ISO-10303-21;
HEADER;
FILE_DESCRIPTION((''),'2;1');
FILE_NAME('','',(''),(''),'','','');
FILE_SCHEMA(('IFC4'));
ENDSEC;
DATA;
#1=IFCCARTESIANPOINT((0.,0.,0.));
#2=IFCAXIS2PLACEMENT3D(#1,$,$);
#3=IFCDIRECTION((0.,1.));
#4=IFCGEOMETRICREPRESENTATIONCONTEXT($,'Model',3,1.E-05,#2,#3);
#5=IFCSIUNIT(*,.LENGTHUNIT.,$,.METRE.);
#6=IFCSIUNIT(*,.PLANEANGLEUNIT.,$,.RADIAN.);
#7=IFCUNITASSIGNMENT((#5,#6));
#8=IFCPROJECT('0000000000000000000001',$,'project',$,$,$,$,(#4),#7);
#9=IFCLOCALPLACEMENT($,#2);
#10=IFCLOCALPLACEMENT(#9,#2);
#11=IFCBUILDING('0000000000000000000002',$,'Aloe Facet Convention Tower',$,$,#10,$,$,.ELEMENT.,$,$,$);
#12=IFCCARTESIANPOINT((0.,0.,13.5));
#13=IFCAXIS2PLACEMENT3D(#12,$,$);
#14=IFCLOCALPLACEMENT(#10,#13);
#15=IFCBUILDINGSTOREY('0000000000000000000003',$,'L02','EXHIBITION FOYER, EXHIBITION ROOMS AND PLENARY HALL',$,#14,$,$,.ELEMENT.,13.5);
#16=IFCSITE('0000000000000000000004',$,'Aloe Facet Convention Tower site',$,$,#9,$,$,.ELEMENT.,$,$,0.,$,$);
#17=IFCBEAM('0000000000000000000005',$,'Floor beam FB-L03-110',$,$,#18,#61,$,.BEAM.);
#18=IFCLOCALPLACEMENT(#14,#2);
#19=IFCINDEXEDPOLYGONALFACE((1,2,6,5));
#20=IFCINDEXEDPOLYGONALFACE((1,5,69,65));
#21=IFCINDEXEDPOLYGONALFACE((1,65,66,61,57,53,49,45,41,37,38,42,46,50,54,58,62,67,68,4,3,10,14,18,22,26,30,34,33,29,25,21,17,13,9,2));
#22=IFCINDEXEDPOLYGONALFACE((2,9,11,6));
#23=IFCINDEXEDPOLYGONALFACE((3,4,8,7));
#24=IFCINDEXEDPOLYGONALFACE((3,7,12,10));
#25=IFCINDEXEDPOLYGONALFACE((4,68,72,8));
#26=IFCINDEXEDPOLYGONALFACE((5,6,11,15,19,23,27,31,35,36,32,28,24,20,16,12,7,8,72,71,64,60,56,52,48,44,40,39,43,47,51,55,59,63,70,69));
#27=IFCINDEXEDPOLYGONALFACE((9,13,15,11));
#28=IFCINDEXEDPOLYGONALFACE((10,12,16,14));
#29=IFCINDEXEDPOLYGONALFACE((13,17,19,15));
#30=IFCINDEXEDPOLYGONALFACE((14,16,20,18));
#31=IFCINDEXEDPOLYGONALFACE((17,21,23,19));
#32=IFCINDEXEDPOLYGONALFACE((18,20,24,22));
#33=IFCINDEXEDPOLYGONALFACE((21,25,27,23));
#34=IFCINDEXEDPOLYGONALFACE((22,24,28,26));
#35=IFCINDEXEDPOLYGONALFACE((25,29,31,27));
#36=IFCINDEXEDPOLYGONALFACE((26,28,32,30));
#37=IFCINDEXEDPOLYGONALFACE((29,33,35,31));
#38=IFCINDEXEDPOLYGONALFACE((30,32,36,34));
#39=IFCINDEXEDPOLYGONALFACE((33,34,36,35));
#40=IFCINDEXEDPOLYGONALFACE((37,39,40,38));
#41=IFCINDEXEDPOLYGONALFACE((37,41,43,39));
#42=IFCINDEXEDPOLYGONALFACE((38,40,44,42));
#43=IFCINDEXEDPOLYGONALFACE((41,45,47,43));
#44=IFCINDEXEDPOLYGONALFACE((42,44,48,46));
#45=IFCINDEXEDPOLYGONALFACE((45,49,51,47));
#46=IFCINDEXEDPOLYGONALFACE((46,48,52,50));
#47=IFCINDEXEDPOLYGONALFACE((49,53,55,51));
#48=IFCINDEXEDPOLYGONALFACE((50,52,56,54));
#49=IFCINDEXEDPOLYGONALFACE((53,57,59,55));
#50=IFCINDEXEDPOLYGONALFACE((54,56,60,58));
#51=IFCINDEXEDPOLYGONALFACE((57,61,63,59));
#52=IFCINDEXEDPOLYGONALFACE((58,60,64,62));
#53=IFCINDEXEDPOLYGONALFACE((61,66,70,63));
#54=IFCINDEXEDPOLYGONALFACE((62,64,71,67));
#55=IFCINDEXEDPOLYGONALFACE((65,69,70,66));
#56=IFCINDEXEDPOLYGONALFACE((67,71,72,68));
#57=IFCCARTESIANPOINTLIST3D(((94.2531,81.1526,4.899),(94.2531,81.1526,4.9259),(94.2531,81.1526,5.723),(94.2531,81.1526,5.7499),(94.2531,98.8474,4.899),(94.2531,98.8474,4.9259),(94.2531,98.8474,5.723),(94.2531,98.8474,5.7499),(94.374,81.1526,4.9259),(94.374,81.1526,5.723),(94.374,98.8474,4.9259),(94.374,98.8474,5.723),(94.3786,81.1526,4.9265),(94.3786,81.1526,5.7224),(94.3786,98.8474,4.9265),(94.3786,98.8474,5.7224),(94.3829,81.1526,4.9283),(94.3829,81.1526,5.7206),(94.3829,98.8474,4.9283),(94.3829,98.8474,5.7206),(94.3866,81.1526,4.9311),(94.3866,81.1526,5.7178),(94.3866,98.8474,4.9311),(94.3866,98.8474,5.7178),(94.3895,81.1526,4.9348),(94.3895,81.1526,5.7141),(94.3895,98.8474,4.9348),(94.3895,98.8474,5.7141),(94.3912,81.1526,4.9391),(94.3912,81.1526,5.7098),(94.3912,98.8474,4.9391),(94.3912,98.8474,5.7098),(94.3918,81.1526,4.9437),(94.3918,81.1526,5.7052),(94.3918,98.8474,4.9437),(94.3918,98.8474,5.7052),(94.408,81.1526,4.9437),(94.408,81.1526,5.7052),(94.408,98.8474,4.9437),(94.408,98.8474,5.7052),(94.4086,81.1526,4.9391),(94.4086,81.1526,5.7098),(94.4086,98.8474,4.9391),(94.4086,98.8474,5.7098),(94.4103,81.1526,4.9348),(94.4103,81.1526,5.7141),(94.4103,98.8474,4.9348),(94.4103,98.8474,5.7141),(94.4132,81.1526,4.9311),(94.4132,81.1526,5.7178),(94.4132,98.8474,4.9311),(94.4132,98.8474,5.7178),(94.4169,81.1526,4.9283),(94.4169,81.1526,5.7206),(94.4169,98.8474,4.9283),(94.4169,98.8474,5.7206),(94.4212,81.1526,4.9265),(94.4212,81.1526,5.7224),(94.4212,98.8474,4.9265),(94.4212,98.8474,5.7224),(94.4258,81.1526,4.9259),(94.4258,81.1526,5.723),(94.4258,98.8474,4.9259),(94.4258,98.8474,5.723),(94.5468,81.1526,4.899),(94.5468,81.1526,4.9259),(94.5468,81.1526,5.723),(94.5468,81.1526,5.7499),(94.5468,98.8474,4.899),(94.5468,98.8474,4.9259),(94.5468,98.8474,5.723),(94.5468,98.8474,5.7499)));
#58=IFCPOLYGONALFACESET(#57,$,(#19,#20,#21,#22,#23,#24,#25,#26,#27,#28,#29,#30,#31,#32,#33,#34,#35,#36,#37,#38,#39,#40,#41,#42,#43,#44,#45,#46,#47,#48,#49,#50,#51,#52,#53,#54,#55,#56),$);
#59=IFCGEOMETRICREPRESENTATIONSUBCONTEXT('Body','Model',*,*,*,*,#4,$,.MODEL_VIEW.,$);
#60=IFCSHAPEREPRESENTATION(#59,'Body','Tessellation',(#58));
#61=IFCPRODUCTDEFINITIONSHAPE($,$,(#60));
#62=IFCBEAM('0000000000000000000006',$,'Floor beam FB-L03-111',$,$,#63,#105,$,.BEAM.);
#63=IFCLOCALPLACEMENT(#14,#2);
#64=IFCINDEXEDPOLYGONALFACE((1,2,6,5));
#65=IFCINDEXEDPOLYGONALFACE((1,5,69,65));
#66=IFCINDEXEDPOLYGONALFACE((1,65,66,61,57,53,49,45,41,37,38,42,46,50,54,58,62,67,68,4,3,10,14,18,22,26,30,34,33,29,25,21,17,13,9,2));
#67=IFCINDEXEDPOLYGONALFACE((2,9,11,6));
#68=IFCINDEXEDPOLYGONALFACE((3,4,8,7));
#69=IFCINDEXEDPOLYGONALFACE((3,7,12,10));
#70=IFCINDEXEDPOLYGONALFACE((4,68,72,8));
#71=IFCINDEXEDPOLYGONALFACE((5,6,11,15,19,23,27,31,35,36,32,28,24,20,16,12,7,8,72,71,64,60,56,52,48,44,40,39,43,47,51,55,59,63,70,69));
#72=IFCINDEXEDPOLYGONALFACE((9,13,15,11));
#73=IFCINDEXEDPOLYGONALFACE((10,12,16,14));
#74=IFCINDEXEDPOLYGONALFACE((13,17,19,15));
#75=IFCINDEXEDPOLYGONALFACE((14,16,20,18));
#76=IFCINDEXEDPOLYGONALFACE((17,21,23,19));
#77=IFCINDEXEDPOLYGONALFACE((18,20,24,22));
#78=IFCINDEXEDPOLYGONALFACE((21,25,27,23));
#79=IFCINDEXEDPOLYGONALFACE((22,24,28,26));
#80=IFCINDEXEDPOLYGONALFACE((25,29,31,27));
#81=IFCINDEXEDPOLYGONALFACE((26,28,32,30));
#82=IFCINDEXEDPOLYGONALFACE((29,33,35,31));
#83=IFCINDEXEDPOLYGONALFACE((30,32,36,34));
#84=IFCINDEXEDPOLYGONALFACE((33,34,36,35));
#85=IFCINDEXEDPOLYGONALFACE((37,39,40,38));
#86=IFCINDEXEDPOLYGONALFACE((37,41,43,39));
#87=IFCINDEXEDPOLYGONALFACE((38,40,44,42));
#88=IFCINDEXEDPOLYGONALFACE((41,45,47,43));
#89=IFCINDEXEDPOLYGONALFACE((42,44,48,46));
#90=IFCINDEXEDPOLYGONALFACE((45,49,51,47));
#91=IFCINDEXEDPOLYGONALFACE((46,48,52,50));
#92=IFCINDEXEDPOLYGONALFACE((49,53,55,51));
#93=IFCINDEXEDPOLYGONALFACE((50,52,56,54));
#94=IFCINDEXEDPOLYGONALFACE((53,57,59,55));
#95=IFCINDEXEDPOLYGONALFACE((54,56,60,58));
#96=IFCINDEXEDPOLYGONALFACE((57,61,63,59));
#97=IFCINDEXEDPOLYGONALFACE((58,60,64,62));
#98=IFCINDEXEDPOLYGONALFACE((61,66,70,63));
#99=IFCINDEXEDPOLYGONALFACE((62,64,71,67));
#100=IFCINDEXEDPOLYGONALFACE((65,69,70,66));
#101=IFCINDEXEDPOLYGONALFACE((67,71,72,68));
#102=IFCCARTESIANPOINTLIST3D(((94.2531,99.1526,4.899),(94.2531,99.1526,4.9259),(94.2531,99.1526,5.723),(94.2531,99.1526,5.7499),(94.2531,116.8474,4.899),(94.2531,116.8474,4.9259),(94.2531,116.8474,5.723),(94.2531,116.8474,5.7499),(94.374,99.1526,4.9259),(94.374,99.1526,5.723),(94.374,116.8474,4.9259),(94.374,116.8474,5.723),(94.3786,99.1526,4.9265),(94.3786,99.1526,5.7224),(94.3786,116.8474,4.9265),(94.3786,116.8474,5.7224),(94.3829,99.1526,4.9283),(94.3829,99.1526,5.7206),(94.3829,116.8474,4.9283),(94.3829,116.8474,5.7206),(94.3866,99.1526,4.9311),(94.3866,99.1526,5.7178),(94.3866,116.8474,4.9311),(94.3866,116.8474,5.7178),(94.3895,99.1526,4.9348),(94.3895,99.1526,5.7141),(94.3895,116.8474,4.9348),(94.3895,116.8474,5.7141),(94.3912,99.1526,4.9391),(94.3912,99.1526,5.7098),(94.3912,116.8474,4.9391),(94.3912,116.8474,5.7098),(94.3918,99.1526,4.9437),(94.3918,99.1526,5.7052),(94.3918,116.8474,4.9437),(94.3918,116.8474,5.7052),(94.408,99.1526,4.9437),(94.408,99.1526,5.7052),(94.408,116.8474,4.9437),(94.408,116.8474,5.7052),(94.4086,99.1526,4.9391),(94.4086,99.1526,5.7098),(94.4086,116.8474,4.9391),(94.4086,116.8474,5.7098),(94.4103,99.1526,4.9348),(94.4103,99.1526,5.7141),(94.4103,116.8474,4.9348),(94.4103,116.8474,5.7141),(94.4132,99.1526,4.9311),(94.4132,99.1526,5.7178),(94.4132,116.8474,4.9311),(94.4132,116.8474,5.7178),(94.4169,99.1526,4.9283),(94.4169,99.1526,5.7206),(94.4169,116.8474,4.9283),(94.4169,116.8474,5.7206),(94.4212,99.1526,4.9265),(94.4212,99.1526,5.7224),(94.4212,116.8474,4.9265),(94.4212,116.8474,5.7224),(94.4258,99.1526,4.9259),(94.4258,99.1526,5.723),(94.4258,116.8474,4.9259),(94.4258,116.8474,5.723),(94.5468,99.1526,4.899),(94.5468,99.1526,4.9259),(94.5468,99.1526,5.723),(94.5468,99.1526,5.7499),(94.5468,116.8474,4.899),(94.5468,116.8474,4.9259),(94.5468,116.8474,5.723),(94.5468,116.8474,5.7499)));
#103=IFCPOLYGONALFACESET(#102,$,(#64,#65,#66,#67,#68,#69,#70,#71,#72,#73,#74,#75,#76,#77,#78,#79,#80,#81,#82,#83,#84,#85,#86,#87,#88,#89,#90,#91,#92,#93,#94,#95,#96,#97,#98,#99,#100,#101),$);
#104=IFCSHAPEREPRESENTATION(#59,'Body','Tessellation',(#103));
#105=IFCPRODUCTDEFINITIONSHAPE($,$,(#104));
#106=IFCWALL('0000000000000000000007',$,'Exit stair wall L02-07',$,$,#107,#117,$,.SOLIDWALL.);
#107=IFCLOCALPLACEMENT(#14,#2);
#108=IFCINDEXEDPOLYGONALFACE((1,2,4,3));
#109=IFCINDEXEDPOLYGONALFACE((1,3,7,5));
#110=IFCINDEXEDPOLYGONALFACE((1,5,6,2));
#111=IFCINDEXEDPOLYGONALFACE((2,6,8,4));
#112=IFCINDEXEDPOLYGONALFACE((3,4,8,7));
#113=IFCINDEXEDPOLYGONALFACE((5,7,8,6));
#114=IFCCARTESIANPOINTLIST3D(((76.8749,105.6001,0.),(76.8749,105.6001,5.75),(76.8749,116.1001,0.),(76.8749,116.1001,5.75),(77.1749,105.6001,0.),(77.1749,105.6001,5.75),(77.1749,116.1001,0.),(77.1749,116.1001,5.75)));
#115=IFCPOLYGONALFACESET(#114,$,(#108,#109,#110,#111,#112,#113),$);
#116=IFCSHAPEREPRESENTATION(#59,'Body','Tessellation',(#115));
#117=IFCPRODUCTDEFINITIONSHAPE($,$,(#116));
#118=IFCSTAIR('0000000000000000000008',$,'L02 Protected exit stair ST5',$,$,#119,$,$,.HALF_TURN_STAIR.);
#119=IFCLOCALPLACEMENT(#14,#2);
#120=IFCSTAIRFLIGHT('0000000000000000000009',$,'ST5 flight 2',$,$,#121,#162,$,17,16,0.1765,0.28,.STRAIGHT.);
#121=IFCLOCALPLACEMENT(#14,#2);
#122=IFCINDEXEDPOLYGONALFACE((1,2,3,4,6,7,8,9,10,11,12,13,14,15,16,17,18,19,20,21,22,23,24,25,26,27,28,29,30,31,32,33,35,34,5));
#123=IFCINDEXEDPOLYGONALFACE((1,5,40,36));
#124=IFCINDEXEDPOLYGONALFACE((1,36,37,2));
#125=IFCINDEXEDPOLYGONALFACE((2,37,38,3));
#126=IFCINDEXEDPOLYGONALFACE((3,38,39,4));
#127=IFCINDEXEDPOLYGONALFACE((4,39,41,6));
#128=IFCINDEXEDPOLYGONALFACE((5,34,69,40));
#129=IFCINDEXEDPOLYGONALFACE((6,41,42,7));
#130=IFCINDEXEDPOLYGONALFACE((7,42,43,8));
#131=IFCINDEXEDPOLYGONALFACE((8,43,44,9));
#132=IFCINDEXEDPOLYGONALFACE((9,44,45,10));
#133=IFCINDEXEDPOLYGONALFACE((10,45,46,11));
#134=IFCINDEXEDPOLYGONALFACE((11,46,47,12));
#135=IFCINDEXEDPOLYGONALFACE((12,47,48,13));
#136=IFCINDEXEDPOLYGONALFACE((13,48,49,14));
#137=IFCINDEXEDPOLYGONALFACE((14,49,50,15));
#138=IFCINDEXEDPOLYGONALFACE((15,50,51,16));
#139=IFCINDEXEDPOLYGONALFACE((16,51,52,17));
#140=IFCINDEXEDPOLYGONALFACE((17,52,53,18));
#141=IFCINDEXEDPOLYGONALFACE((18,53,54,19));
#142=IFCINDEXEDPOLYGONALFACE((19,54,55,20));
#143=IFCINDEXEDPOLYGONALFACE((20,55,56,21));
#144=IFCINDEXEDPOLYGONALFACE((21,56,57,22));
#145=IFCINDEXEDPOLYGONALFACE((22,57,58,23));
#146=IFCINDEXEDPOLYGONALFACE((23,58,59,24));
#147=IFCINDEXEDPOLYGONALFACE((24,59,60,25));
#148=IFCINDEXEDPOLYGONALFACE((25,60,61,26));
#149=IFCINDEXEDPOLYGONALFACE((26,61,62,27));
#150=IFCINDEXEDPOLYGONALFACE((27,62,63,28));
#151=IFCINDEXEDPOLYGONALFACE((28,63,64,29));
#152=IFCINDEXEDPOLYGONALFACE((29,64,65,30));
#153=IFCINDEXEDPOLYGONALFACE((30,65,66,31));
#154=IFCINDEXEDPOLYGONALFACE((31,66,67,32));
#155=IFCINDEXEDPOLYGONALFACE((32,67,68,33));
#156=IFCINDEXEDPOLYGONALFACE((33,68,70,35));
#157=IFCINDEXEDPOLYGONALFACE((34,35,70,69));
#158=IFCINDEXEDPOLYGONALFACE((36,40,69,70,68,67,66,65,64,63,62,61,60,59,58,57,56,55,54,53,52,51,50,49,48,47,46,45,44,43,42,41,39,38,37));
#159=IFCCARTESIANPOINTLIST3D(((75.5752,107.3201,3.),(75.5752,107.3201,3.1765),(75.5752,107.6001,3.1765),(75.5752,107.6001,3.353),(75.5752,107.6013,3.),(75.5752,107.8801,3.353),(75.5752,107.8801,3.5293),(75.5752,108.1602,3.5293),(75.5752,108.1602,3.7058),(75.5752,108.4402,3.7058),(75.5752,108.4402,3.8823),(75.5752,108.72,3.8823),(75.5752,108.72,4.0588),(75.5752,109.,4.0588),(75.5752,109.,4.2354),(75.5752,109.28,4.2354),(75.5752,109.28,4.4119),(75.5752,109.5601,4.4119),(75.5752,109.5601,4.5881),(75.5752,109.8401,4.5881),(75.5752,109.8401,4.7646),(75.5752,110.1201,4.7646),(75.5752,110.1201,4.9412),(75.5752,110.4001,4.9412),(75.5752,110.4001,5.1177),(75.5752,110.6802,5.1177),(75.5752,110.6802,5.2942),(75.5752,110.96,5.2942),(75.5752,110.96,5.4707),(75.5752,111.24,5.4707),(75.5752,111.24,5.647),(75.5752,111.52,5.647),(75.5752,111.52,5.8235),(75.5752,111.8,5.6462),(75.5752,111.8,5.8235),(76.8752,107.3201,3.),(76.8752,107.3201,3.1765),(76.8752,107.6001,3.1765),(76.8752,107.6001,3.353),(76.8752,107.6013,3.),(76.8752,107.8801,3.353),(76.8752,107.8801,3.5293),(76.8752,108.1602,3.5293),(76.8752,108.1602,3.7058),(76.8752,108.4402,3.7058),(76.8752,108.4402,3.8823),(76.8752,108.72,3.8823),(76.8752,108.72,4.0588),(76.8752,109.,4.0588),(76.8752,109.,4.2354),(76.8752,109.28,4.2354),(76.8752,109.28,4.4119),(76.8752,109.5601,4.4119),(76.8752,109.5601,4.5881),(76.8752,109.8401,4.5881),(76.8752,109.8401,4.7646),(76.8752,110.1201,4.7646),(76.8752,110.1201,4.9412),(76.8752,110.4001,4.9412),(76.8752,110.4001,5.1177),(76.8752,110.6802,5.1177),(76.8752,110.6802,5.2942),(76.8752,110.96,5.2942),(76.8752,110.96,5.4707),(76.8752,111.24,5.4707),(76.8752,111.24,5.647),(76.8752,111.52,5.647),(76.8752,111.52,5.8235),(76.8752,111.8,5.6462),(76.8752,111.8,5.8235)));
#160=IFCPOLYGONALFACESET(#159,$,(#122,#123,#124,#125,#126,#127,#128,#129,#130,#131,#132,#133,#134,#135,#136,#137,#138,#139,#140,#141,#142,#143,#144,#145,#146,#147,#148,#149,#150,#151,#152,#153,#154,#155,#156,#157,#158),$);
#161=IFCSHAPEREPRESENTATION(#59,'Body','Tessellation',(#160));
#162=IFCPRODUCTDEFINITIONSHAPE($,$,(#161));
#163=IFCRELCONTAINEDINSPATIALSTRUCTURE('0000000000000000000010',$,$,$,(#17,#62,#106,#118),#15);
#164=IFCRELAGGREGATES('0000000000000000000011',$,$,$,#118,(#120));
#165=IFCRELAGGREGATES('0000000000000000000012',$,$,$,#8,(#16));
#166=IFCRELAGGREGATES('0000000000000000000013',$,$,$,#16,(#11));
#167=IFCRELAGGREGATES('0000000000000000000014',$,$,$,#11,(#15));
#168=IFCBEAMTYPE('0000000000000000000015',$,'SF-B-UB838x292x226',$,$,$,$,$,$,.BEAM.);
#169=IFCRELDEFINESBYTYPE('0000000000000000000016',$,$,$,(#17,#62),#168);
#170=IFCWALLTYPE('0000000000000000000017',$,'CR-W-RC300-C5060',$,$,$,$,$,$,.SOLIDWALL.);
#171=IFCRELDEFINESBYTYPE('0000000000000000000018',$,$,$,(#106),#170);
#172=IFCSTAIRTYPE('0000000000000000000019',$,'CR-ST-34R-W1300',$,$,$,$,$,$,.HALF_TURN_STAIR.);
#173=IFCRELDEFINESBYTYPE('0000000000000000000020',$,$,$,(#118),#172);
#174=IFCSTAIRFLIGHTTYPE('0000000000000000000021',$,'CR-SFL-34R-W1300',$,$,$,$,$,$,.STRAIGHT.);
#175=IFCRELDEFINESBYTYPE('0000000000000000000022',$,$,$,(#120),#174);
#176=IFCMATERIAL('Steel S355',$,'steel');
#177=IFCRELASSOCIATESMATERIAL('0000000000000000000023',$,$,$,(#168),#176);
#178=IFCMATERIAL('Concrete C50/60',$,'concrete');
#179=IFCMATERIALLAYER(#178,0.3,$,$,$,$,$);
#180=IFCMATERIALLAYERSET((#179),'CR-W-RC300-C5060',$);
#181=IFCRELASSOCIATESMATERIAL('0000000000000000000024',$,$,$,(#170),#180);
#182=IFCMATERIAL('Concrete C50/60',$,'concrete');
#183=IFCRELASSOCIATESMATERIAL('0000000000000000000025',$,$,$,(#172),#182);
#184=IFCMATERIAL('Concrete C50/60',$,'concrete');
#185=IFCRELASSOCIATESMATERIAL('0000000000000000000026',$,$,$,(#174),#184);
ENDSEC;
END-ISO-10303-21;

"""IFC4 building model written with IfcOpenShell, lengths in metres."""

from ifc_helpers import new_model, si_unit, direction, frame, frame_2d, origin, origin_2d, place, context, subcontext, project, spatial, polyline, rectangle, i_section, outline, extrude, material, layer, layer_set, material_profile, profile_set, type_object, element, aggregate, save


model = new_model("IFC4")

# Units and contexts
model_context = context("Model", 3, precision=1e-05, world=origin(), true_north=direction((0.0, 1.0)))
body_context = subcontext(model_context, "Body", "Model", "MODEL_VIEW")
ifc_project = project(units=[si_unit("LENGTHUNIT", "METRE"), si_unit("PLANEANGLEUNIT", "RADIAN")], contexts=[model_context])

# Site, building, storey
site_placement = place(None, origin())
site = spatial("IfcSite", under=ifc_project, at=site_placement, Name="Aloe Facet Convention Tower site", CompositionType="ELEMENT", RefElevation=0.0)
building_placement = place(site_placement, origin())
building = spatial("IfcBuilding", under=site, at=building_placement, Name="Aloe Facet Convention Tower", CompositionType="ELEMENT")
storey_placement = place(building_placement, frame((0.0, 0.0, 13.5)))
storey = spatial("IfcBuildingStorey", under=building, at=storey_placement, Name="L02", Description="EXHIBITION FOYER, EXHIBITION ROOMS AND PLENARY HALL", CompositionType="ELEMENT", Elevation=13.5)

# Beams
ifc_material_1 = material(Name="Steel S355", Category="steel")
ifc_material_profile_1 = material_profile(ifc_material_1, i_section(OverallWidth=0.2937, OverallDepth=0.8508, WebThickness=0.0161, FlangeThickness=0.0269, FilletRadius=0.0178, at=origin_2d()), Name="UB 838x292x226")
ifc_profile_set_1 = profile_set([ifc_material_profile_1], Name="Steel S355")
beam_type_1 = type_object("IfcBeamType", Name="SF-B-UB838x292x226", PredefinedType="BEAM", material=ifc_profile_set_1)
for number, where, z_axis, x_axis, name in (
    (1, (94.3999, 81.1526, 5.3245), (0.0, 1.0, 0.0), (-1.0, 0.0, 0.0), "Floor beam FB-L03-110"),
    (2, (94.3999, 99.1526, 5.3245), (0.0, 1.0, 0.0), (-1.0, 0.0, 0.0), "Floor beam FB-L03-111"),
):
    element("IfcBeam", number, at=place(storey_placement, frame(where, z_axis=z_axis, x_axis=x_axis)), inside=storey, type_object=beam_type_1, Name=name, PredefinedType="BEAM", context=body_context, shape_type="SweptSolid", body=[
        extrude(i_section(OverallWidth=0.2937, OverallDepth=0.8508, WebThickness=0.0161, FlangeThickness=0.0269, FilletRadius=0.0178, at=origin_2d()), origin(), (0.0, 0.0, 1.0), 17.6948),
    ])

# Wall
ifc_material_2 = material(Name="Concrete C50/60", Category="concrete")
ifc_layer = layer(ifc_material_2, 0.3)
ifc_layer_set = layer_set([ifc_layer], Name="CR-W-RC300-C5060")
wall_type = type_object("IfcWallType", Name="CR-W-RC300-C5060", PredefinedType="SOLIDWALL", material=ifc_layer_set)
wall_placement = place(storey_placement, frame((77.0249, 105.6001, 0.0), z_axis=(0.0, 0.0, 1.0), x_axis=(0.0, 1.0, 0.0)))
element("IfcWall", 3, at=wall_placement, inside=storey, type_object=wall_type, Name="Exit stair wall L02-07", PredefinedType="SOLIDWALL", context=body_context, shape_type="SweptSolid", body=[
    extrude(rectangle(XDim=10.5, YDim=0.3, at=frame_2d((5.25, 0.0))), origin(), (0.0, 0.0, 1.0), 5.75),
])

# Stair, stair flight
ifc_material_3 = material(Name="Concrete C50/60", Category="concrete")
stair_type = type_object("IfcStairType", Name="CR-ST-34R-W1300", PredefinedType="HALF_TURN_STAIR", material=ifc_material_3)
stair_placement = place(storey_placement, origin())
stair = element("IfcStair", 4, at=stair_placement, inside=storey, type_object=stair_type, Name="L02 Protected exit stair ST5", PredefinedType="HALF_TURN_STAIR")
ifc_material_4 = material(Name="Concrete C50/60", Category="concrete")
stair_flight_type = type_object("IfcStairFlightType", Name="CR-SFL-34R-W1300", PredefinedType="STRAIGHT", material=ifc_material_4)
stair_flight_placement = place(storey_placement, frame((76.2251, 107.3201, 3.0), z_axis=(0.0, 0.0, 1.0), x_axis=(0.0, 1.0, 0.0)))
stair_flight = element("IfcStairFlight", 5, at=stair_flight_placement, type_object=stair_flight_type, Name="ST5 flight 2", NumberOfRisers=17, NumberOfTreads=16, PredefinedType="STRAIGHT", RiserHeight=0.1765, TreadLength=0.28, context=body_context, shape_type="SweptSolid", body=[
    extrude(outline(polyline([(0.0, 0.0), (0.0, 0.1765), (0.28, 0.1765), (0.28, 0.353), (0.5601, 0.353), (0.5601, 0.5293), (0.8401, 0.5293), (0.8401, 0.7058), (1.1201, 0.7058), (1.1201, 0.8823), (1.3999, 0.8823), (1.3999, 1.0588), (1.6799, 1.0588), (1.6799, 1.2354), (1.96, 1.2354), (1.96, 1.4119), (2.24, 1.4119), (2.24, 1.5881), (2.52, 1.5881), (2.52, 1.7646), (2.8, 1.7646), (2.8, 1.9412), (3.0801, 1.9412), (3.0801, 2.1177), (3.3601, 2.1177), (3.3601, 2.2942), (3.6399, 2.2942), (3.6399, 2.4707), (3.9199, 2.4707), (3.9199, 2.647), (4.2, 2.647), (4.2, 2.8235), (4.48, 2.8235), (4.48, 3.0), (4.48, 2.6462), (0.2812, 0.0), (0.0, 0.0)])), frame((0.0, 0.6499, 0.0), z_axis=(0.0, -1.0, 0.0), x_axis=(1.0, 0.0, 0.0)), (0.0, 0.0, 1.0), 1.3),
])
aggregate(stair, [stair_flight])

save(model, "model.ifc")
